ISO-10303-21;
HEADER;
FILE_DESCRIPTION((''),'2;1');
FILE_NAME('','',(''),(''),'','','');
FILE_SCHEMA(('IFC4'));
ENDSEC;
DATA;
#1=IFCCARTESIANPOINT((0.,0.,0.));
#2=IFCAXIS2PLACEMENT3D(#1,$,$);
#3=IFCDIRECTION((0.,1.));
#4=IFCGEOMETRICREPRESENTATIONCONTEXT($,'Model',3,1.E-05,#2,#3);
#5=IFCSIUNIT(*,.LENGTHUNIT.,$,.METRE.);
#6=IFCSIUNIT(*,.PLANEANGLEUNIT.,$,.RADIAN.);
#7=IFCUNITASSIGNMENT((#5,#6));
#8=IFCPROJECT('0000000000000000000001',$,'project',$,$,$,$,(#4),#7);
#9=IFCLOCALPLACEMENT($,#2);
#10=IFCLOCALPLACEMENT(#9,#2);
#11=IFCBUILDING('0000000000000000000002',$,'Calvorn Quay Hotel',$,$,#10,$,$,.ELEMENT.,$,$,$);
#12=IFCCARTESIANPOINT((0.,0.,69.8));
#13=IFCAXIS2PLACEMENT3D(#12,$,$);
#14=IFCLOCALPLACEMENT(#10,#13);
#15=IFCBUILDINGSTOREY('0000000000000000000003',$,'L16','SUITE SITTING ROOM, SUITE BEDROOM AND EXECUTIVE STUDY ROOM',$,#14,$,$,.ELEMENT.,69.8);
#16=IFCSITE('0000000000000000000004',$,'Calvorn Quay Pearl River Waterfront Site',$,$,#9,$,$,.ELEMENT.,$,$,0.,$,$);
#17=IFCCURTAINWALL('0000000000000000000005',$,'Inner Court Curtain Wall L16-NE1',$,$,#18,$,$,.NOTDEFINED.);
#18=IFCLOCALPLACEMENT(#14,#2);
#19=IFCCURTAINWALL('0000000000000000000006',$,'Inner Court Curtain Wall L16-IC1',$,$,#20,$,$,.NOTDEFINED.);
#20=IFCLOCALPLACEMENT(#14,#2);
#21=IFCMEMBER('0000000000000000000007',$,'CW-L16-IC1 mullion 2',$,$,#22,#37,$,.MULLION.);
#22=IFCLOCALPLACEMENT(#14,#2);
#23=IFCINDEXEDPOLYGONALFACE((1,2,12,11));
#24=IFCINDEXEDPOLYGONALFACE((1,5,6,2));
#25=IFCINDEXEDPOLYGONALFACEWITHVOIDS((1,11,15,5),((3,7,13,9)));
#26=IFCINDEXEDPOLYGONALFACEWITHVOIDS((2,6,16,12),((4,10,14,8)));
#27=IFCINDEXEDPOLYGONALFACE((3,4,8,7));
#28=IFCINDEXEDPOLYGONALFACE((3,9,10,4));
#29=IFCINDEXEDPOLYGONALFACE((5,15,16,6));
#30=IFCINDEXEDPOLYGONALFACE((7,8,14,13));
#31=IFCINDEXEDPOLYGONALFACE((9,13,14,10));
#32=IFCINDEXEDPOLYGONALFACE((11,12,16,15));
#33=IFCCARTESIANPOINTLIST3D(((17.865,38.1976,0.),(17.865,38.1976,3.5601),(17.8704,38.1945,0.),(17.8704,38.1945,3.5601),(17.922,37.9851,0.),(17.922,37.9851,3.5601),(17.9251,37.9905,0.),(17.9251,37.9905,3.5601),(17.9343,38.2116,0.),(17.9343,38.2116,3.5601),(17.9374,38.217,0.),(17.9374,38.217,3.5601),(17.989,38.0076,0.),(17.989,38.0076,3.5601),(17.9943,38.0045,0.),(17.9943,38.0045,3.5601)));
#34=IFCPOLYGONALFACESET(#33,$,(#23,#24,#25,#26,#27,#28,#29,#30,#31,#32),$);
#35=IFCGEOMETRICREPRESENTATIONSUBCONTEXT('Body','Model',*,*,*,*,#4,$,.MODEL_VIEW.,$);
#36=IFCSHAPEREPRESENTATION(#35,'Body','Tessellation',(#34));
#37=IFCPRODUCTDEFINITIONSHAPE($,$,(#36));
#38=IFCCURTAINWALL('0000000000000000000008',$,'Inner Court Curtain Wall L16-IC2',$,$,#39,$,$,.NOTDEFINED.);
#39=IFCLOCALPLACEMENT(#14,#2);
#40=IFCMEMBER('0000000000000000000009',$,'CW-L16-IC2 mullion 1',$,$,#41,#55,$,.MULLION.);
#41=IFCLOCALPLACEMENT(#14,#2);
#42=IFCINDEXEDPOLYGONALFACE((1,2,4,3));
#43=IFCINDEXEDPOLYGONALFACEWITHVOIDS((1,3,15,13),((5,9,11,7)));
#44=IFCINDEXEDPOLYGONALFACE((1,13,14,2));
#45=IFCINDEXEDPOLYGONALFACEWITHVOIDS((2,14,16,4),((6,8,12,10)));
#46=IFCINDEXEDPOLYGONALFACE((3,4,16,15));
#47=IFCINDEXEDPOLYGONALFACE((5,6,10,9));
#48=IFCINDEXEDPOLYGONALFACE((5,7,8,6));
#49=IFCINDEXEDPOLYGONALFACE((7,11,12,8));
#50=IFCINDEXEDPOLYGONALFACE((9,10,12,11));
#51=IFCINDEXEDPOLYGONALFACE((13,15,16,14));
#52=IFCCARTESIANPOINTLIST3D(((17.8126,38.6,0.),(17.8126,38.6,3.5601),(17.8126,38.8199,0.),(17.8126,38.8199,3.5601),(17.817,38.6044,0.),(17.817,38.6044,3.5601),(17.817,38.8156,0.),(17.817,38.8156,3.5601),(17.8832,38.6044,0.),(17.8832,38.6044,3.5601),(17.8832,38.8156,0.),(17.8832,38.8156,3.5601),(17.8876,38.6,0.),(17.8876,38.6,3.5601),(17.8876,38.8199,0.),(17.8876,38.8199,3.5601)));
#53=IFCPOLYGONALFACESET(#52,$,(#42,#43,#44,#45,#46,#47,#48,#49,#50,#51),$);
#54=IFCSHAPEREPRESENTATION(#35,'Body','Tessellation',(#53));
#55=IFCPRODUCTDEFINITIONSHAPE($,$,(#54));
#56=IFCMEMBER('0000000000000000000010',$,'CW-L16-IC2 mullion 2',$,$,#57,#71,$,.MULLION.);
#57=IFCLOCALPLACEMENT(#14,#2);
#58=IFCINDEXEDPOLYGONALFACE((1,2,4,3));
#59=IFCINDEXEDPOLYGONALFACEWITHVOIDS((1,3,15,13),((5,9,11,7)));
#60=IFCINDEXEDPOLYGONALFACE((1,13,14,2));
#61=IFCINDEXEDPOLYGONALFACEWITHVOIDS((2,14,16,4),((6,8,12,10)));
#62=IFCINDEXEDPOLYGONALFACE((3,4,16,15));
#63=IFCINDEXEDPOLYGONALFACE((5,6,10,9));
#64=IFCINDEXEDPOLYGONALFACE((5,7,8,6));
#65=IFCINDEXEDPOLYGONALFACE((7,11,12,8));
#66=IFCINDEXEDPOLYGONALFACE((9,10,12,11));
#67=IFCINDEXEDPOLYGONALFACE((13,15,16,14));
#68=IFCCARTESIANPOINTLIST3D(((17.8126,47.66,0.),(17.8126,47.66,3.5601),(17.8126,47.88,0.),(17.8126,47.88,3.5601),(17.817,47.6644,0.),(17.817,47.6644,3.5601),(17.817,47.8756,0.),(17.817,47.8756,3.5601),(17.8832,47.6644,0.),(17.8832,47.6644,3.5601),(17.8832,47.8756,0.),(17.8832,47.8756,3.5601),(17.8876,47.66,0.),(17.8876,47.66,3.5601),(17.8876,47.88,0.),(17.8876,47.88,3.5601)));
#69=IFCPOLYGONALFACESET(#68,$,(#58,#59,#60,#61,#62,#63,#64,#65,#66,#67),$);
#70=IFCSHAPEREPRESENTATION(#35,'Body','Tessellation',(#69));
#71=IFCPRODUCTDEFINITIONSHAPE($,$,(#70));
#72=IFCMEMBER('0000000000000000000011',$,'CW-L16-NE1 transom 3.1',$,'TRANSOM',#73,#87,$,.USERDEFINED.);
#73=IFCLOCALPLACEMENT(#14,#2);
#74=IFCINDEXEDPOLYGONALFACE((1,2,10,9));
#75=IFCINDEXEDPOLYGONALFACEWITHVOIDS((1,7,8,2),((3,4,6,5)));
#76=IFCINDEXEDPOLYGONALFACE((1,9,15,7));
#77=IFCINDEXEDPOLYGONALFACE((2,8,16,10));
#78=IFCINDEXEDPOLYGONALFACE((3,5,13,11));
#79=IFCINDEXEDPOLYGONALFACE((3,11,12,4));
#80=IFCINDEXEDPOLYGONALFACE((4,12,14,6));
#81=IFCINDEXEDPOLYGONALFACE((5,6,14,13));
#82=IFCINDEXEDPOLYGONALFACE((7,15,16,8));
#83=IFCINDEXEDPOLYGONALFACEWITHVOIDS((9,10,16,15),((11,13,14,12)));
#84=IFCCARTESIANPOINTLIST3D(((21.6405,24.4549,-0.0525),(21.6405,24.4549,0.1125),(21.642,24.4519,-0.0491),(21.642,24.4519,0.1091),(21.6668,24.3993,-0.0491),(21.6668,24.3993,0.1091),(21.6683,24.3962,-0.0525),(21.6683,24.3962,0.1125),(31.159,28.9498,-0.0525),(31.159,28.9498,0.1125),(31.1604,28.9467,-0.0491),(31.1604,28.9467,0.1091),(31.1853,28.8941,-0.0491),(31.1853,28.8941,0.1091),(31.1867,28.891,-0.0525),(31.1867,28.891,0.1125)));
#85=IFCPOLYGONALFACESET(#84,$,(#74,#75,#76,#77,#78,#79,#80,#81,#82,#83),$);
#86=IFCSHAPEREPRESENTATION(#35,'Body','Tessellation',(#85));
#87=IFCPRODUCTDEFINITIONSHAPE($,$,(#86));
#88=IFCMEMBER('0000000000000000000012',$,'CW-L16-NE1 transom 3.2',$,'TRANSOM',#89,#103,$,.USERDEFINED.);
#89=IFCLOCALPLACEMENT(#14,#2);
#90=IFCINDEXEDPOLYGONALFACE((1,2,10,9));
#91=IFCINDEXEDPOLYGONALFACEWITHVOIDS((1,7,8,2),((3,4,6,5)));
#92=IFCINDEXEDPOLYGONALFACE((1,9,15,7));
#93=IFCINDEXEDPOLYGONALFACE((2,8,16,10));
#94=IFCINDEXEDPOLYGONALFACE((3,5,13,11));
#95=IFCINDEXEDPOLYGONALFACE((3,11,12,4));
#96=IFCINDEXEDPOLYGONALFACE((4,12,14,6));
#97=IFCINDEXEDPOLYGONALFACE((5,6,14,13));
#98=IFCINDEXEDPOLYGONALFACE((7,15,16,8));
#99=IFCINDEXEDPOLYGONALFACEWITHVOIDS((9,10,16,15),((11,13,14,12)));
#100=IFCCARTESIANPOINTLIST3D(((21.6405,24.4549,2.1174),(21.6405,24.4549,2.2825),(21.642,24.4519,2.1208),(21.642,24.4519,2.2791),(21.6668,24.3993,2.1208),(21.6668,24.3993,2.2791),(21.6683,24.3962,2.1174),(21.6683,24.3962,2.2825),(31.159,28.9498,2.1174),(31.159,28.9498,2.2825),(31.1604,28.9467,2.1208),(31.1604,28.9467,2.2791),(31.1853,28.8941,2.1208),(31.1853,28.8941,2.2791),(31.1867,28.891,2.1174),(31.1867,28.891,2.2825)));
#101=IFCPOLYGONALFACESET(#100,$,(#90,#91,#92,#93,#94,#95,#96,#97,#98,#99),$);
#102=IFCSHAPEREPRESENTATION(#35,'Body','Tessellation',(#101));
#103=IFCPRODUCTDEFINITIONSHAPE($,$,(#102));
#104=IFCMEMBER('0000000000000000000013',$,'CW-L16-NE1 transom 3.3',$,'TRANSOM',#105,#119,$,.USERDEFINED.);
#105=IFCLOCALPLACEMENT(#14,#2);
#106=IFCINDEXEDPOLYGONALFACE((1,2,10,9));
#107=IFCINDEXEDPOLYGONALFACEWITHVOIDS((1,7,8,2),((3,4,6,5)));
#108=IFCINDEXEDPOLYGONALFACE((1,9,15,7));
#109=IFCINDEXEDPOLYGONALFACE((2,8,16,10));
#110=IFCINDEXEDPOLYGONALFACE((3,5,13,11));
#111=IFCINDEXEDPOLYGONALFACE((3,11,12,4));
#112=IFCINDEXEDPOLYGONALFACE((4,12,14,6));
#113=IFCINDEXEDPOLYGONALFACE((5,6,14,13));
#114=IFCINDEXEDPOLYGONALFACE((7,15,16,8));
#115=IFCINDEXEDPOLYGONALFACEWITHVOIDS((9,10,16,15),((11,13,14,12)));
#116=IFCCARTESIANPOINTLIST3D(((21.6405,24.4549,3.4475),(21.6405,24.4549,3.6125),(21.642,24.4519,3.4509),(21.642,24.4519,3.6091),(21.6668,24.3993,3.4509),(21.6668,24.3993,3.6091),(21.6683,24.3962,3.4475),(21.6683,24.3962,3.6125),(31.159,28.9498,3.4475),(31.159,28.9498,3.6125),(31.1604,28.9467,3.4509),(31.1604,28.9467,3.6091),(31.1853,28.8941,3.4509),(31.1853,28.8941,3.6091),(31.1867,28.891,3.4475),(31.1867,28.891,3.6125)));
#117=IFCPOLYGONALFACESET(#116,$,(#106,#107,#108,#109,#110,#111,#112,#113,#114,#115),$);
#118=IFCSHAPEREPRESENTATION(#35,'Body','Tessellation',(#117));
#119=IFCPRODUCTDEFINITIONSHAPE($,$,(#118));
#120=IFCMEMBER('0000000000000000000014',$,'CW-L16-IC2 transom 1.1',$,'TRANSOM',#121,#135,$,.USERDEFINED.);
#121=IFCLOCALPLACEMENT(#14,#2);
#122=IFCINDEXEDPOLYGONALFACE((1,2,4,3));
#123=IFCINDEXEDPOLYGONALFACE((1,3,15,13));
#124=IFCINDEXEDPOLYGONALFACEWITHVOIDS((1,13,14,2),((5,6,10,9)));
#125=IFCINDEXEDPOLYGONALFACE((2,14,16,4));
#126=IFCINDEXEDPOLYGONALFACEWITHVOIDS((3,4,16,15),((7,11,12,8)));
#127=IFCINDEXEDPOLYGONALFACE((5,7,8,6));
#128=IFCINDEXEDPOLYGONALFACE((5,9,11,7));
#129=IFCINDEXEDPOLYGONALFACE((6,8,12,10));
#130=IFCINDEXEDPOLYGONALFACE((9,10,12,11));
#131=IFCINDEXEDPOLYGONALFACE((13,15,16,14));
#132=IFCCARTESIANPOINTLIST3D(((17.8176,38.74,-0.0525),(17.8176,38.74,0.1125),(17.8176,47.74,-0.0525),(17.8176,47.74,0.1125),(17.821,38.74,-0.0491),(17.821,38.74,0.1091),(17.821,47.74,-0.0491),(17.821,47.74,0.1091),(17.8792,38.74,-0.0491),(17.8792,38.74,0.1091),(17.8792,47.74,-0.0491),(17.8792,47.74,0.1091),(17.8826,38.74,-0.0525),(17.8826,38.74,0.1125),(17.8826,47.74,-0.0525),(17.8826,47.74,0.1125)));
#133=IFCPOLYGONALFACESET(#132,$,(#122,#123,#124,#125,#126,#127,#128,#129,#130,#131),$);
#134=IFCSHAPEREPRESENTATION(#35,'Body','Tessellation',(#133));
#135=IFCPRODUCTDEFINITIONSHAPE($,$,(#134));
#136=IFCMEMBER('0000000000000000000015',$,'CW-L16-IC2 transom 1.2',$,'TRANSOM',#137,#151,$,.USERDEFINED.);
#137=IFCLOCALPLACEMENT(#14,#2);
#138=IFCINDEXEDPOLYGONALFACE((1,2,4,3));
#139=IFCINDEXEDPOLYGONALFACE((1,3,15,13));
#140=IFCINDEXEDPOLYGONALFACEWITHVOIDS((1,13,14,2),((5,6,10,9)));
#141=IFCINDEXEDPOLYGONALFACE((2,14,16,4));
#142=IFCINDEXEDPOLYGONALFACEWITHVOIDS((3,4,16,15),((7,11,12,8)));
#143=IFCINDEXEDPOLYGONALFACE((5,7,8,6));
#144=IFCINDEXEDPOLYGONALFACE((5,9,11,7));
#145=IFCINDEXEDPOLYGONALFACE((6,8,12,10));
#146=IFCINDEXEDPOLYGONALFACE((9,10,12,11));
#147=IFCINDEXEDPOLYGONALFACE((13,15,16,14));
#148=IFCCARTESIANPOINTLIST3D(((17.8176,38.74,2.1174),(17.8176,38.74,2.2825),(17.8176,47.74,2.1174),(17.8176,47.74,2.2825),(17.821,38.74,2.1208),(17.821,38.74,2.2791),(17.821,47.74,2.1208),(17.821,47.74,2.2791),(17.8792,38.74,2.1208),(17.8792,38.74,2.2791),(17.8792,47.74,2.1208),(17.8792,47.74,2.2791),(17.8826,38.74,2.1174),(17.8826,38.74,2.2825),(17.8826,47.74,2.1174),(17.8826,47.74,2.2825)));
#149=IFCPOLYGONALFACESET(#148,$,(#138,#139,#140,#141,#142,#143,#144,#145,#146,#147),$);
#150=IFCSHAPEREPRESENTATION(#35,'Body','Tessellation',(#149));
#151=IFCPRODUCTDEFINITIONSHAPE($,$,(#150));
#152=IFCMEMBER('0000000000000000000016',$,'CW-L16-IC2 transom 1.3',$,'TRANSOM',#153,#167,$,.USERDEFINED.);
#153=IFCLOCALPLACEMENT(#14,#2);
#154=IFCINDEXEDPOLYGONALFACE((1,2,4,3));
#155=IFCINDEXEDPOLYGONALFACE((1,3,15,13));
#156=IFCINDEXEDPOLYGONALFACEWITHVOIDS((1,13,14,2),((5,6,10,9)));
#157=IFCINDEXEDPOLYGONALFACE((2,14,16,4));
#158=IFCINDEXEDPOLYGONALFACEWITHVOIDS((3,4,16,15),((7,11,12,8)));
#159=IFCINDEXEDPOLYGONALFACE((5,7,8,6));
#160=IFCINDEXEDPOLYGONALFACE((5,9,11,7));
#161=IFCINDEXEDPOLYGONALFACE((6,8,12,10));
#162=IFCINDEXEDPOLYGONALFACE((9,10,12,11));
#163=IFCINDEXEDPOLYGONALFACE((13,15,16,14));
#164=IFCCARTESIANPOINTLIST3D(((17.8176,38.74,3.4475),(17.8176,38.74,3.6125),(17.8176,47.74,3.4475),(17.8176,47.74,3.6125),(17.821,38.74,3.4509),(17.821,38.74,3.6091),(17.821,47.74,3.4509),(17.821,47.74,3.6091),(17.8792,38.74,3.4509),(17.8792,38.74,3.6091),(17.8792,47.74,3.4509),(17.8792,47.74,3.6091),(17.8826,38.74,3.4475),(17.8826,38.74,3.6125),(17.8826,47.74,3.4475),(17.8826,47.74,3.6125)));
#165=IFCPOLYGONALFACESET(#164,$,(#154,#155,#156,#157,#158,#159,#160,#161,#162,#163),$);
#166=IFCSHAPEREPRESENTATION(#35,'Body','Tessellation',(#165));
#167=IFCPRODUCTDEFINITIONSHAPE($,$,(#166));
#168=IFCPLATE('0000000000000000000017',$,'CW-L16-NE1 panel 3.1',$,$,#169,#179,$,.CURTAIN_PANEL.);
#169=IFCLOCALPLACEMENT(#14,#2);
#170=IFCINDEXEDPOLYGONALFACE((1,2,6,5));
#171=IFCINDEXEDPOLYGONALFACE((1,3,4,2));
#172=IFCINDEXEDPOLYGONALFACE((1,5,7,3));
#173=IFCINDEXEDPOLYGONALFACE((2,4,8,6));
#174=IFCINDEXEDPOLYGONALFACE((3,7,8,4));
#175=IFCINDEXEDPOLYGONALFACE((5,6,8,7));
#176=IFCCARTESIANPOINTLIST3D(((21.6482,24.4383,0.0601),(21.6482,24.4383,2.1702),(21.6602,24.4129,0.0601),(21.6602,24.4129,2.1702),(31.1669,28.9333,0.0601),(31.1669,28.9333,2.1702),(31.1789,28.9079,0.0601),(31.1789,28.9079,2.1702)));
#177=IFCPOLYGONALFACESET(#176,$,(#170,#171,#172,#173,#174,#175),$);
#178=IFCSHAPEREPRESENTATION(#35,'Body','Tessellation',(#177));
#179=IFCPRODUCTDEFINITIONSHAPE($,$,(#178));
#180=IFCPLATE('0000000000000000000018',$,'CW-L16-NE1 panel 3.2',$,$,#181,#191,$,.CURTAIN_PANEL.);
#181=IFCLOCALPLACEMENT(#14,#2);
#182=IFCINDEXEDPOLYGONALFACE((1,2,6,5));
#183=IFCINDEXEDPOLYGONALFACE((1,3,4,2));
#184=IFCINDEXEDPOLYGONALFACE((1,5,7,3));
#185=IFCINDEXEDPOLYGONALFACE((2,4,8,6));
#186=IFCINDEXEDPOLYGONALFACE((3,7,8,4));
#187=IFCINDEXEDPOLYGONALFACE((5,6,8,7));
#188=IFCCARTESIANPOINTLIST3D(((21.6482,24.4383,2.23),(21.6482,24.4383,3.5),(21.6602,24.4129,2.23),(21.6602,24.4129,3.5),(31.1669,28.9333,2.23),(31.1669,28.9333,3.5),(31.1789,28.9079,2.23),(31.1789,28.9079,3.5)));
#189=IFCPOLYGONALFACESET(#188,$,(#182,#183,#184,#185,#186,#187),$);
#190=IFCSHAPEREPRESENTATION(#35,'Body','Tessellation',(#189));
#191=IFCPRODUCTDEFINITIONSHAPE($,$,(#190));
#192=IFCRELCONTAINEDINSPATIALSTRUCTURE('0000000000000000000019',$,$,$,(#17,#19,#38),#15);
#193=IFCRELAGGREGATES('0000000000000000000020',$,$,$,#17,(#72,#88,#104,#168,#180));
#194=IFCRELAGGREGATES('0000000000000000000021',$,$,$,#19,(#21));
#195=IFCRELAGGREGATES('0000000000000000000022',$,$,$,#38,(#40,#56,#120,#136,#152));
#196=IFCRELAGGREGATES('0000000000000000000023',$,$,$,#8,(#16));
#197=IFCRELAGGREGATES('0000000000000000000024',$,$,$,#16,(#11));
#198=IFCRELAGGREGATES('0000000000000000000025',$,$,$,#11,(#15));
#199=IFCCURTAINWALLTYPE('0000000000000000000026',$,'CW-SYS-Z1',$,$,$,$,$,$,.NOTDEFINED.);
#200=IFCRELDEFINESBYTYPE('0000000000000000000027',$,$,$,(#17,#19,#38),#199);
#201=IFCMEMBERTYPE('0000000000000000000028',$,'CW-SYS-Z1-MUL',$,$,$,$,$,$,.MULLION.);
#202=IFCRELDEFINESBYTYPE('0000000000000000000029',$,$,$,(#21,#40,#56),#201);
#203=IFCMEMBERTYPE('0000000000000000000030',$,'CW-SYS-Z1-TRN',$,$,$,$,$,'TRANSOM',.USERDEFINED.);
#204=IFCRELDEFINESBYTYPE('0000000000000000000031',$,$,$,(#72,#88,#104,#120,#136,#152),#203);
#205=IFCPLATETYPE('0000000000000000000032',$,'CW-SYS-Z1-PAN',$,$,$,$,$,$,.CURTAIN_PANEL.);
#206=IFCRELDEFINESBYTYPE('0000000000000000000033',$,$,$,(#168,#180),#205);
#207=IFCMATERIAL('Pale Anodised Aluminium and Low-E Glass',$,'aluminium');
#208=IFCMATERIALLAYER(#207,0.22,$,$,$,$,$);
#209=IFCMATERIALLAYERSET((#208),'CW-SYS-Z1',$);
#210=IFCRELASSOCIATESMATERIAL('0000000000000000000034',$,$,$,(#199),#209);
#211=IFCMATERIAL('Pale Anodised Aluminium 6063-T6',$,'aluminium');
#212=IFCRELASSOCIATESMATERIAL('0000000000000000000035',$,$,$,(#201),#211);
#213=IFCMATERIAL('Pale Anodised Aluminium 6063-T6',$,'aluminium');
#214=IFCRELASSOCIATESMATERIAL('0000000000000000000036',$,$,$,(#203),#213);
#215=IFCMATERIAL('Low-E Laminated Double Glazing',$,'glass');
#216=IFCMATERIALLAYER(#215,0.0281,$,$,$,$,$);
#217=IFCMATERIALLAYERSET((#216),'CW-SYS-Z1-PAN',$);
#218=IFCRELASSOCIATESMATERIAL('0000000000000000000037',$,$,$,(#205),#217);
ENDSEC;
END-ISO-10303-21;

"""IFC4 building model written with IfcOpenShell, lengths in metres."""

from ifc_helpers import new_model, si_unit, direction, frame, origin, origin_2d, place, context, subcontext, project, spatial, rectangle, hollow_rectangle, extrude, material, layer, layer_set, material_profile, profile_set, type_object, element, aggregate, save


model = new_model("IFC4")

# Units and contexts
model_context = context("Model", 3, precision=1e-05, world=origin(), true_north=direction((0.0, 1.0)))
body_context = subcontext(model_context, "Body", "Model", "MODEL_VIEW")
ifc_project = project(units=[si_unit("LENGTHUNIT", "METRE"), si_unit("PLANEANGLEUNIT", "RADIAN")], contexts=[model_context])

# Site, building, storey
site_placement = place(None, origin())
site = spatial("IfcSite", under=ifc_project, at=site_placement, Name="Calvorn Quay Pearl River Waterfront Site", CompositionType="ELEMENT", RefElevation=0.0)
building_placement = place(site_placement, origin())
building = spatial("IfcBuilding", under=site, at=building_placement, Name="Calvorn Quay Hotel", CompositionType="ELEMENT")
storey_placement = place(building_placement, frame((0.0, 0.0, 69.8)))
storey = spatial("IfcBuildingStorey", under=building, at=storey_placement, Name="L16", Description="SUITE SITTING ROOM, SUITE BEDROOM AND EXECUTIVE STUDY ROOM", CompositionType="ELEMENT", Elevation=69.8)

# Curtain walls, member
ifc_material_1 = material(Name="Pale Anodised Aluminium and Low-E Glass", Category="aluminium")
ifc_layer_1 = layer(ifc_material_1, 0.22)
ifc_layer_set_1 = layer_set([ifc_layer_1], Name="CW-SYS-Z1")
curtain_wall_type = type_object("IfcCurtainWallType", Name="CW-SYS-Z1", PredefinedType="NOTDEFINED", material=ifc_layer_set_1)
curtain_wall_1_placement = place(storey_placement, origin())
curtain_wall_1 = element("IfcCurtainWall", 1, at=curtain_wall_1_placement, inside=storey, type_object=curtain_wall_type, Name="Inner Court Curtain Wall L16-NE1", PredefinedType="NOTDEFINED")
ifc_material_2 = material(Name="Pale Anodised Aluminium 6063-T6", Category="aluminium")
ifc_material_profile_1 = material_profile(ifc_material_2, hollow_rectangle(XDim=0.075, YDim=0.22, WallThickness=0.0044, at=origin_2d()), Name="ALU-M220x75x4.5")
ifc_profile_set_1 = profile_set([ifc_material_profile_1], Name="Pale Anodised Aluminium 6063-T6")
member_type_1 = type_object("IfcMemberType", Name="CW-SYS-Z1-MUL", PredefinedType="MULLION", material=ifc_profile_set_1)
curtain_wall_2_placement = place(storey_placement, origin())
curtain_wall_2 = element("IfcCurtainWall", 2, at=curtain_wall_2_placement, inside=storey, type_object=curtain_wall_type, Name="Inner Court Curtain Wall L16-IC1", PredefinedType="NOTDEFINED")
member_1_placement = place(storey_placement, frame((17.9297, 38.1011, 0.0), z_axis=(0.0, 0.0, 1.0), x_axis=(-0.965937, -0.258779, 0.0)))
member_1 = element("IfcMember", 3, at=member_1_placement, type_object=member_type_1, Name="CW-L16-IC1 mullion 2", PredefinedType="MULLION", context=body_context, shape_type="SweptSolid", body=[
    extrude(hollow_rectangle(XDim=0.075, YDim=0.22, WallThickness=0.0044, at=origin_2d()), origin(), (0.0, 0.0, 1.0), 3.5601),
])

# Curtain wall, members
curtain_wall_3_placement = place(storey_placement, origin())
curtain_wall_3 = element("IfcCurtainWall", 4, at=curtain_wall_3_placement, inside=storey, type_object=curtain_wall_type, Name="Inner Court Curtain Wall L16-IC2", PredefinedType="NOTDEFINED")
member_2_placement = place(storey_placement, frame((17.8501, 38.71, 0.0), z_axis=(0.0, 0.0, 1.0), x_axis=(-1.0, 0.0, 0.0)))
member_2 = element("IfcMember", 5, at=member_2_placement, type_object=member_type_1, Name="CW-L16-IC2 mullion 1", PredefinedType="MULLION", context=body_context, shape_type="SweptSolid", body=[
    extrude(hollow_rectangle(XDim=0.075, YDim=0.22, WallThickness=0.0044, at=origin_2d()), origin(), (0.0, 0.0, 1.0), 3.5601),
])
member_3_placement = place(storey_placement, frame((17.8501, 47.77, 0.0), z_axis=(0.0, 0.0, 1.0), x_axis=(-1.0, 0.0, 0.0)))
member_3 = element("IfcMember", 6, at=member_3_placement, type_object=member_type_1, Name="CW-L16-IC2 mullion 2", PredefinedType="MULLION", context=body_context, shape_type="SweptSolid", body=[
    extrude(hollow_rectangle(XDim=0.075, YDim=0.22, WallThickness=0.0044, at=origin_2d()), origin(), (0.0, 0.0, 1.0), 3.5601),
])

# Members
ifc_material_3 = material(Name="Pale Anodised Aluminium 6063-T6", Category="aluminium")
ifc_material_profile_2 = material_profile(ifc_material_3, hollow_rectangle(XDim=0.0649, YDim=0.165, WallThickness=0.0034, at=origin_2d()), Name="ALU-T165x65x3.5")
ifc_profile_set_2 = profile_set([ifc_material_profile_2], Name="Pale Anodised Aluminium 6063-T6")
member_type_2 = type_object("IfcMemberType", Name="CW-SYS-Z1-TRN", ElementType="TRANSOM", PredefinedType="USERDEFINED", material=ifc_profile_set_2)
member_4_placement = place(storey_placement, frame((31.1729, 28.9204, 0.03), z_axis=(-0.904249, -0.427006, 0.0), x_axis=(0.427006, -0.904249, 0.0)))
member_4 = element("IfcMember", 7, at=member_4_placement, type_object=member_type_2, Name="CW-L16-NE1 transom 3.1", ObjectType="TRANSOM", PredefinedType="USERDEFINED", context=body_context, shape_type="SweptSolid", body=[
    extrude(hollow_rectangle(XDim=0.0649, YDim=0.165, WallThickness=0.0034, at=origin_2d()), origin(), (0.0, 0.0, 1.0), 10.5264),
])
member_5_placement = place(storey_placement, frame((31.1729, 28.9204, 2.2), z_axis=(-0.904249, -0.427006, 0.0), x_axis=(0.427006, -0.904249, 0.0)))
member_5 = element("IfcMember", 8, at=member_5_placement, type_object=member_type_2, Name="CW-L16-NE1 transom 3.2", ObjectType="TRANSOM", PredefinedType="USERDEFINED", context=body_context, shape_type="SweptSolid", body=[
    extrude(hollow_rectangle(XDim=0.0649, YDim=0.165, WallThickness=0.0034, at=origin_2d()), origin(), (0.0, 0.0, 1.0), 10.5264),
])
member_6_placement = place(storey_placement, frame((31.1729, 28.9204, 3.53), z_axis=(-0.904249, -0.427006, 0.0), x_axis=(0.427006, -0.904249, 0.0)))
member_6 = element("IfcMember", 9, at=member_6_placement, type_object=member_type_2, Name="CW-L16-NE1 transom 3.3", ObjectType="TRANSOM", PredefinedType="USERDEFINED", context=body_context, shape_type="SweptSolid", body=[
    extrude(hollow_rectangle(XDim=0.0649, YDim=0.165, WallThickness=0.0034, at=origin_2d()), origin(), (0.0, 0.0, 1.0), 10.5264),
])
member_7_placement = place(storey_placement, frame((17.8501, 38.74, 0.03), z_axis=(0.0, 1.0, 0.0), x_axis=(-1.0, 0.0, 0.0)))
member_7 = element("IfcMember", 10, at=member_7_placement, type_object=member_type_2, Name="CW-L16-IC2 transom 1.1", ObjectType="TRANSOM", PredefinedType="USERDEFINED", context=body_context, shape_type="SweptSolid", body=[
    extrude(hollow_rectangle(XDim=0.0649, YDim=0.165, WallThickness=0.0034, at=origin_2d()), origin(), (0.0, 0.0, 1.0), 9.0),
])
member_8_placement = place(storey_placement, frame((17.8501, 38.74, 2.2), z_axis=(0.0, 1.0, 0.0), x_axis=(-1.0, 0.0, 0.0)))
member_8 = element("IfcMember", 11, at=member_8_placement, type_object=member_type_2, Name="CW-L16-IC2 transom 1.2", ObjectType="TRANSOM", PredefinedType="USERDEFINED", context=body_context, shape_type="SweptSolid", body=[
    extrude(hollow_rectangle(XDim=0.0649, YDim=0.165, WallThickness=0.0034, at=origin_2d()), origin(), (0.0, 0.0, 1.0), 9.0),
])
member_9_placement = place(storey_placement, frame((17.8501, 38.74, 3.53), z_axis=(0.0, 1.0, 0.0), x_axis=(-1.0, 0.0, 0.0)))
member_9 = element("IfcMember", 12, at=member_9_placement, type_object=member_type_2, Name="CW-L16-IC2 transom 1.3", ObjectType="TRANSOM", PredefinedType="USERDEFINED", context=body_context, shape_type="SweptSolid", body=[
    extrude(hollow_rectangle(XDim=0.0649, YDim=0.165, WallThickness=0.0034, at=origin_2d()), origin(), (0.0, 0.0, 1.0), 9.0),
])

# Plates
ifc_material_4 = material(Name="Low-E Laminated Double Glazing", Category="glass")
ifc_layer_2 = layer(ifc_material_4, 0.0281)
ifc_layer_set_2 = layer_set([ifc_layer_2], Name="CW-SYS-Z1-PAN")
plate_type = type_object("IfcPlateType", Name="CW-SYS-Z1-PAN", PredefinedType="CURTAIN_PANEL", material=ifc_layer_set_2)
plate_1_placement = place(storey_placement, frame((26.4136, 26.6731, 0.0601), z_axis=(0.0, 0.0, 1.0), x_axis=(-0.904249, -0.427006, 0.0)))
plate_1 = element("IfcPlate", 13, at=plate_1_placement, type_object=plate_type, Name="CW-L16-NE1 panel 3.1", PredefinedType="CURTAIN_PANEL", context=body_context, shape_type="SweptSolid", body=[
    extrude(rectangle(XDim=10.5266, YDim=0.0281, at=origin_2d()), origin(), (0.0, 0.0, 1.0), 2.1101),
])
plate_2_placement = place(storey_placement, frame((26.4136, 26.6731, 2.23), z_axis=(0.0, 0.0, 1.0), x_axis=(-0.904249, -0.427006, 0.0)))
plate_2 = element("IfcPlate", 14, at=plate_2_placement, type_object=plate_type, Name="CW-L16-NE1 panel 3.2", PredefinedType="CURTAIN_PANEL", context=body_context, shape_type="SweptSolid", body=[
    extrude(rectangle(XDim=10.5266, YDim=0.0281, at=origin_2d()), origin(), (0.0, 0.0, 1.0), 1.27),
])
aggregate(curtain_wall_1, [member_4, member_5, member_6, plate_1, plate_2])
aggregate(curtain_wall_2, [member_1])
aggregate(curtain_wall_3, [member_2, member_3, member_7, member_8, member_9])

save(model, "model.ifc")
